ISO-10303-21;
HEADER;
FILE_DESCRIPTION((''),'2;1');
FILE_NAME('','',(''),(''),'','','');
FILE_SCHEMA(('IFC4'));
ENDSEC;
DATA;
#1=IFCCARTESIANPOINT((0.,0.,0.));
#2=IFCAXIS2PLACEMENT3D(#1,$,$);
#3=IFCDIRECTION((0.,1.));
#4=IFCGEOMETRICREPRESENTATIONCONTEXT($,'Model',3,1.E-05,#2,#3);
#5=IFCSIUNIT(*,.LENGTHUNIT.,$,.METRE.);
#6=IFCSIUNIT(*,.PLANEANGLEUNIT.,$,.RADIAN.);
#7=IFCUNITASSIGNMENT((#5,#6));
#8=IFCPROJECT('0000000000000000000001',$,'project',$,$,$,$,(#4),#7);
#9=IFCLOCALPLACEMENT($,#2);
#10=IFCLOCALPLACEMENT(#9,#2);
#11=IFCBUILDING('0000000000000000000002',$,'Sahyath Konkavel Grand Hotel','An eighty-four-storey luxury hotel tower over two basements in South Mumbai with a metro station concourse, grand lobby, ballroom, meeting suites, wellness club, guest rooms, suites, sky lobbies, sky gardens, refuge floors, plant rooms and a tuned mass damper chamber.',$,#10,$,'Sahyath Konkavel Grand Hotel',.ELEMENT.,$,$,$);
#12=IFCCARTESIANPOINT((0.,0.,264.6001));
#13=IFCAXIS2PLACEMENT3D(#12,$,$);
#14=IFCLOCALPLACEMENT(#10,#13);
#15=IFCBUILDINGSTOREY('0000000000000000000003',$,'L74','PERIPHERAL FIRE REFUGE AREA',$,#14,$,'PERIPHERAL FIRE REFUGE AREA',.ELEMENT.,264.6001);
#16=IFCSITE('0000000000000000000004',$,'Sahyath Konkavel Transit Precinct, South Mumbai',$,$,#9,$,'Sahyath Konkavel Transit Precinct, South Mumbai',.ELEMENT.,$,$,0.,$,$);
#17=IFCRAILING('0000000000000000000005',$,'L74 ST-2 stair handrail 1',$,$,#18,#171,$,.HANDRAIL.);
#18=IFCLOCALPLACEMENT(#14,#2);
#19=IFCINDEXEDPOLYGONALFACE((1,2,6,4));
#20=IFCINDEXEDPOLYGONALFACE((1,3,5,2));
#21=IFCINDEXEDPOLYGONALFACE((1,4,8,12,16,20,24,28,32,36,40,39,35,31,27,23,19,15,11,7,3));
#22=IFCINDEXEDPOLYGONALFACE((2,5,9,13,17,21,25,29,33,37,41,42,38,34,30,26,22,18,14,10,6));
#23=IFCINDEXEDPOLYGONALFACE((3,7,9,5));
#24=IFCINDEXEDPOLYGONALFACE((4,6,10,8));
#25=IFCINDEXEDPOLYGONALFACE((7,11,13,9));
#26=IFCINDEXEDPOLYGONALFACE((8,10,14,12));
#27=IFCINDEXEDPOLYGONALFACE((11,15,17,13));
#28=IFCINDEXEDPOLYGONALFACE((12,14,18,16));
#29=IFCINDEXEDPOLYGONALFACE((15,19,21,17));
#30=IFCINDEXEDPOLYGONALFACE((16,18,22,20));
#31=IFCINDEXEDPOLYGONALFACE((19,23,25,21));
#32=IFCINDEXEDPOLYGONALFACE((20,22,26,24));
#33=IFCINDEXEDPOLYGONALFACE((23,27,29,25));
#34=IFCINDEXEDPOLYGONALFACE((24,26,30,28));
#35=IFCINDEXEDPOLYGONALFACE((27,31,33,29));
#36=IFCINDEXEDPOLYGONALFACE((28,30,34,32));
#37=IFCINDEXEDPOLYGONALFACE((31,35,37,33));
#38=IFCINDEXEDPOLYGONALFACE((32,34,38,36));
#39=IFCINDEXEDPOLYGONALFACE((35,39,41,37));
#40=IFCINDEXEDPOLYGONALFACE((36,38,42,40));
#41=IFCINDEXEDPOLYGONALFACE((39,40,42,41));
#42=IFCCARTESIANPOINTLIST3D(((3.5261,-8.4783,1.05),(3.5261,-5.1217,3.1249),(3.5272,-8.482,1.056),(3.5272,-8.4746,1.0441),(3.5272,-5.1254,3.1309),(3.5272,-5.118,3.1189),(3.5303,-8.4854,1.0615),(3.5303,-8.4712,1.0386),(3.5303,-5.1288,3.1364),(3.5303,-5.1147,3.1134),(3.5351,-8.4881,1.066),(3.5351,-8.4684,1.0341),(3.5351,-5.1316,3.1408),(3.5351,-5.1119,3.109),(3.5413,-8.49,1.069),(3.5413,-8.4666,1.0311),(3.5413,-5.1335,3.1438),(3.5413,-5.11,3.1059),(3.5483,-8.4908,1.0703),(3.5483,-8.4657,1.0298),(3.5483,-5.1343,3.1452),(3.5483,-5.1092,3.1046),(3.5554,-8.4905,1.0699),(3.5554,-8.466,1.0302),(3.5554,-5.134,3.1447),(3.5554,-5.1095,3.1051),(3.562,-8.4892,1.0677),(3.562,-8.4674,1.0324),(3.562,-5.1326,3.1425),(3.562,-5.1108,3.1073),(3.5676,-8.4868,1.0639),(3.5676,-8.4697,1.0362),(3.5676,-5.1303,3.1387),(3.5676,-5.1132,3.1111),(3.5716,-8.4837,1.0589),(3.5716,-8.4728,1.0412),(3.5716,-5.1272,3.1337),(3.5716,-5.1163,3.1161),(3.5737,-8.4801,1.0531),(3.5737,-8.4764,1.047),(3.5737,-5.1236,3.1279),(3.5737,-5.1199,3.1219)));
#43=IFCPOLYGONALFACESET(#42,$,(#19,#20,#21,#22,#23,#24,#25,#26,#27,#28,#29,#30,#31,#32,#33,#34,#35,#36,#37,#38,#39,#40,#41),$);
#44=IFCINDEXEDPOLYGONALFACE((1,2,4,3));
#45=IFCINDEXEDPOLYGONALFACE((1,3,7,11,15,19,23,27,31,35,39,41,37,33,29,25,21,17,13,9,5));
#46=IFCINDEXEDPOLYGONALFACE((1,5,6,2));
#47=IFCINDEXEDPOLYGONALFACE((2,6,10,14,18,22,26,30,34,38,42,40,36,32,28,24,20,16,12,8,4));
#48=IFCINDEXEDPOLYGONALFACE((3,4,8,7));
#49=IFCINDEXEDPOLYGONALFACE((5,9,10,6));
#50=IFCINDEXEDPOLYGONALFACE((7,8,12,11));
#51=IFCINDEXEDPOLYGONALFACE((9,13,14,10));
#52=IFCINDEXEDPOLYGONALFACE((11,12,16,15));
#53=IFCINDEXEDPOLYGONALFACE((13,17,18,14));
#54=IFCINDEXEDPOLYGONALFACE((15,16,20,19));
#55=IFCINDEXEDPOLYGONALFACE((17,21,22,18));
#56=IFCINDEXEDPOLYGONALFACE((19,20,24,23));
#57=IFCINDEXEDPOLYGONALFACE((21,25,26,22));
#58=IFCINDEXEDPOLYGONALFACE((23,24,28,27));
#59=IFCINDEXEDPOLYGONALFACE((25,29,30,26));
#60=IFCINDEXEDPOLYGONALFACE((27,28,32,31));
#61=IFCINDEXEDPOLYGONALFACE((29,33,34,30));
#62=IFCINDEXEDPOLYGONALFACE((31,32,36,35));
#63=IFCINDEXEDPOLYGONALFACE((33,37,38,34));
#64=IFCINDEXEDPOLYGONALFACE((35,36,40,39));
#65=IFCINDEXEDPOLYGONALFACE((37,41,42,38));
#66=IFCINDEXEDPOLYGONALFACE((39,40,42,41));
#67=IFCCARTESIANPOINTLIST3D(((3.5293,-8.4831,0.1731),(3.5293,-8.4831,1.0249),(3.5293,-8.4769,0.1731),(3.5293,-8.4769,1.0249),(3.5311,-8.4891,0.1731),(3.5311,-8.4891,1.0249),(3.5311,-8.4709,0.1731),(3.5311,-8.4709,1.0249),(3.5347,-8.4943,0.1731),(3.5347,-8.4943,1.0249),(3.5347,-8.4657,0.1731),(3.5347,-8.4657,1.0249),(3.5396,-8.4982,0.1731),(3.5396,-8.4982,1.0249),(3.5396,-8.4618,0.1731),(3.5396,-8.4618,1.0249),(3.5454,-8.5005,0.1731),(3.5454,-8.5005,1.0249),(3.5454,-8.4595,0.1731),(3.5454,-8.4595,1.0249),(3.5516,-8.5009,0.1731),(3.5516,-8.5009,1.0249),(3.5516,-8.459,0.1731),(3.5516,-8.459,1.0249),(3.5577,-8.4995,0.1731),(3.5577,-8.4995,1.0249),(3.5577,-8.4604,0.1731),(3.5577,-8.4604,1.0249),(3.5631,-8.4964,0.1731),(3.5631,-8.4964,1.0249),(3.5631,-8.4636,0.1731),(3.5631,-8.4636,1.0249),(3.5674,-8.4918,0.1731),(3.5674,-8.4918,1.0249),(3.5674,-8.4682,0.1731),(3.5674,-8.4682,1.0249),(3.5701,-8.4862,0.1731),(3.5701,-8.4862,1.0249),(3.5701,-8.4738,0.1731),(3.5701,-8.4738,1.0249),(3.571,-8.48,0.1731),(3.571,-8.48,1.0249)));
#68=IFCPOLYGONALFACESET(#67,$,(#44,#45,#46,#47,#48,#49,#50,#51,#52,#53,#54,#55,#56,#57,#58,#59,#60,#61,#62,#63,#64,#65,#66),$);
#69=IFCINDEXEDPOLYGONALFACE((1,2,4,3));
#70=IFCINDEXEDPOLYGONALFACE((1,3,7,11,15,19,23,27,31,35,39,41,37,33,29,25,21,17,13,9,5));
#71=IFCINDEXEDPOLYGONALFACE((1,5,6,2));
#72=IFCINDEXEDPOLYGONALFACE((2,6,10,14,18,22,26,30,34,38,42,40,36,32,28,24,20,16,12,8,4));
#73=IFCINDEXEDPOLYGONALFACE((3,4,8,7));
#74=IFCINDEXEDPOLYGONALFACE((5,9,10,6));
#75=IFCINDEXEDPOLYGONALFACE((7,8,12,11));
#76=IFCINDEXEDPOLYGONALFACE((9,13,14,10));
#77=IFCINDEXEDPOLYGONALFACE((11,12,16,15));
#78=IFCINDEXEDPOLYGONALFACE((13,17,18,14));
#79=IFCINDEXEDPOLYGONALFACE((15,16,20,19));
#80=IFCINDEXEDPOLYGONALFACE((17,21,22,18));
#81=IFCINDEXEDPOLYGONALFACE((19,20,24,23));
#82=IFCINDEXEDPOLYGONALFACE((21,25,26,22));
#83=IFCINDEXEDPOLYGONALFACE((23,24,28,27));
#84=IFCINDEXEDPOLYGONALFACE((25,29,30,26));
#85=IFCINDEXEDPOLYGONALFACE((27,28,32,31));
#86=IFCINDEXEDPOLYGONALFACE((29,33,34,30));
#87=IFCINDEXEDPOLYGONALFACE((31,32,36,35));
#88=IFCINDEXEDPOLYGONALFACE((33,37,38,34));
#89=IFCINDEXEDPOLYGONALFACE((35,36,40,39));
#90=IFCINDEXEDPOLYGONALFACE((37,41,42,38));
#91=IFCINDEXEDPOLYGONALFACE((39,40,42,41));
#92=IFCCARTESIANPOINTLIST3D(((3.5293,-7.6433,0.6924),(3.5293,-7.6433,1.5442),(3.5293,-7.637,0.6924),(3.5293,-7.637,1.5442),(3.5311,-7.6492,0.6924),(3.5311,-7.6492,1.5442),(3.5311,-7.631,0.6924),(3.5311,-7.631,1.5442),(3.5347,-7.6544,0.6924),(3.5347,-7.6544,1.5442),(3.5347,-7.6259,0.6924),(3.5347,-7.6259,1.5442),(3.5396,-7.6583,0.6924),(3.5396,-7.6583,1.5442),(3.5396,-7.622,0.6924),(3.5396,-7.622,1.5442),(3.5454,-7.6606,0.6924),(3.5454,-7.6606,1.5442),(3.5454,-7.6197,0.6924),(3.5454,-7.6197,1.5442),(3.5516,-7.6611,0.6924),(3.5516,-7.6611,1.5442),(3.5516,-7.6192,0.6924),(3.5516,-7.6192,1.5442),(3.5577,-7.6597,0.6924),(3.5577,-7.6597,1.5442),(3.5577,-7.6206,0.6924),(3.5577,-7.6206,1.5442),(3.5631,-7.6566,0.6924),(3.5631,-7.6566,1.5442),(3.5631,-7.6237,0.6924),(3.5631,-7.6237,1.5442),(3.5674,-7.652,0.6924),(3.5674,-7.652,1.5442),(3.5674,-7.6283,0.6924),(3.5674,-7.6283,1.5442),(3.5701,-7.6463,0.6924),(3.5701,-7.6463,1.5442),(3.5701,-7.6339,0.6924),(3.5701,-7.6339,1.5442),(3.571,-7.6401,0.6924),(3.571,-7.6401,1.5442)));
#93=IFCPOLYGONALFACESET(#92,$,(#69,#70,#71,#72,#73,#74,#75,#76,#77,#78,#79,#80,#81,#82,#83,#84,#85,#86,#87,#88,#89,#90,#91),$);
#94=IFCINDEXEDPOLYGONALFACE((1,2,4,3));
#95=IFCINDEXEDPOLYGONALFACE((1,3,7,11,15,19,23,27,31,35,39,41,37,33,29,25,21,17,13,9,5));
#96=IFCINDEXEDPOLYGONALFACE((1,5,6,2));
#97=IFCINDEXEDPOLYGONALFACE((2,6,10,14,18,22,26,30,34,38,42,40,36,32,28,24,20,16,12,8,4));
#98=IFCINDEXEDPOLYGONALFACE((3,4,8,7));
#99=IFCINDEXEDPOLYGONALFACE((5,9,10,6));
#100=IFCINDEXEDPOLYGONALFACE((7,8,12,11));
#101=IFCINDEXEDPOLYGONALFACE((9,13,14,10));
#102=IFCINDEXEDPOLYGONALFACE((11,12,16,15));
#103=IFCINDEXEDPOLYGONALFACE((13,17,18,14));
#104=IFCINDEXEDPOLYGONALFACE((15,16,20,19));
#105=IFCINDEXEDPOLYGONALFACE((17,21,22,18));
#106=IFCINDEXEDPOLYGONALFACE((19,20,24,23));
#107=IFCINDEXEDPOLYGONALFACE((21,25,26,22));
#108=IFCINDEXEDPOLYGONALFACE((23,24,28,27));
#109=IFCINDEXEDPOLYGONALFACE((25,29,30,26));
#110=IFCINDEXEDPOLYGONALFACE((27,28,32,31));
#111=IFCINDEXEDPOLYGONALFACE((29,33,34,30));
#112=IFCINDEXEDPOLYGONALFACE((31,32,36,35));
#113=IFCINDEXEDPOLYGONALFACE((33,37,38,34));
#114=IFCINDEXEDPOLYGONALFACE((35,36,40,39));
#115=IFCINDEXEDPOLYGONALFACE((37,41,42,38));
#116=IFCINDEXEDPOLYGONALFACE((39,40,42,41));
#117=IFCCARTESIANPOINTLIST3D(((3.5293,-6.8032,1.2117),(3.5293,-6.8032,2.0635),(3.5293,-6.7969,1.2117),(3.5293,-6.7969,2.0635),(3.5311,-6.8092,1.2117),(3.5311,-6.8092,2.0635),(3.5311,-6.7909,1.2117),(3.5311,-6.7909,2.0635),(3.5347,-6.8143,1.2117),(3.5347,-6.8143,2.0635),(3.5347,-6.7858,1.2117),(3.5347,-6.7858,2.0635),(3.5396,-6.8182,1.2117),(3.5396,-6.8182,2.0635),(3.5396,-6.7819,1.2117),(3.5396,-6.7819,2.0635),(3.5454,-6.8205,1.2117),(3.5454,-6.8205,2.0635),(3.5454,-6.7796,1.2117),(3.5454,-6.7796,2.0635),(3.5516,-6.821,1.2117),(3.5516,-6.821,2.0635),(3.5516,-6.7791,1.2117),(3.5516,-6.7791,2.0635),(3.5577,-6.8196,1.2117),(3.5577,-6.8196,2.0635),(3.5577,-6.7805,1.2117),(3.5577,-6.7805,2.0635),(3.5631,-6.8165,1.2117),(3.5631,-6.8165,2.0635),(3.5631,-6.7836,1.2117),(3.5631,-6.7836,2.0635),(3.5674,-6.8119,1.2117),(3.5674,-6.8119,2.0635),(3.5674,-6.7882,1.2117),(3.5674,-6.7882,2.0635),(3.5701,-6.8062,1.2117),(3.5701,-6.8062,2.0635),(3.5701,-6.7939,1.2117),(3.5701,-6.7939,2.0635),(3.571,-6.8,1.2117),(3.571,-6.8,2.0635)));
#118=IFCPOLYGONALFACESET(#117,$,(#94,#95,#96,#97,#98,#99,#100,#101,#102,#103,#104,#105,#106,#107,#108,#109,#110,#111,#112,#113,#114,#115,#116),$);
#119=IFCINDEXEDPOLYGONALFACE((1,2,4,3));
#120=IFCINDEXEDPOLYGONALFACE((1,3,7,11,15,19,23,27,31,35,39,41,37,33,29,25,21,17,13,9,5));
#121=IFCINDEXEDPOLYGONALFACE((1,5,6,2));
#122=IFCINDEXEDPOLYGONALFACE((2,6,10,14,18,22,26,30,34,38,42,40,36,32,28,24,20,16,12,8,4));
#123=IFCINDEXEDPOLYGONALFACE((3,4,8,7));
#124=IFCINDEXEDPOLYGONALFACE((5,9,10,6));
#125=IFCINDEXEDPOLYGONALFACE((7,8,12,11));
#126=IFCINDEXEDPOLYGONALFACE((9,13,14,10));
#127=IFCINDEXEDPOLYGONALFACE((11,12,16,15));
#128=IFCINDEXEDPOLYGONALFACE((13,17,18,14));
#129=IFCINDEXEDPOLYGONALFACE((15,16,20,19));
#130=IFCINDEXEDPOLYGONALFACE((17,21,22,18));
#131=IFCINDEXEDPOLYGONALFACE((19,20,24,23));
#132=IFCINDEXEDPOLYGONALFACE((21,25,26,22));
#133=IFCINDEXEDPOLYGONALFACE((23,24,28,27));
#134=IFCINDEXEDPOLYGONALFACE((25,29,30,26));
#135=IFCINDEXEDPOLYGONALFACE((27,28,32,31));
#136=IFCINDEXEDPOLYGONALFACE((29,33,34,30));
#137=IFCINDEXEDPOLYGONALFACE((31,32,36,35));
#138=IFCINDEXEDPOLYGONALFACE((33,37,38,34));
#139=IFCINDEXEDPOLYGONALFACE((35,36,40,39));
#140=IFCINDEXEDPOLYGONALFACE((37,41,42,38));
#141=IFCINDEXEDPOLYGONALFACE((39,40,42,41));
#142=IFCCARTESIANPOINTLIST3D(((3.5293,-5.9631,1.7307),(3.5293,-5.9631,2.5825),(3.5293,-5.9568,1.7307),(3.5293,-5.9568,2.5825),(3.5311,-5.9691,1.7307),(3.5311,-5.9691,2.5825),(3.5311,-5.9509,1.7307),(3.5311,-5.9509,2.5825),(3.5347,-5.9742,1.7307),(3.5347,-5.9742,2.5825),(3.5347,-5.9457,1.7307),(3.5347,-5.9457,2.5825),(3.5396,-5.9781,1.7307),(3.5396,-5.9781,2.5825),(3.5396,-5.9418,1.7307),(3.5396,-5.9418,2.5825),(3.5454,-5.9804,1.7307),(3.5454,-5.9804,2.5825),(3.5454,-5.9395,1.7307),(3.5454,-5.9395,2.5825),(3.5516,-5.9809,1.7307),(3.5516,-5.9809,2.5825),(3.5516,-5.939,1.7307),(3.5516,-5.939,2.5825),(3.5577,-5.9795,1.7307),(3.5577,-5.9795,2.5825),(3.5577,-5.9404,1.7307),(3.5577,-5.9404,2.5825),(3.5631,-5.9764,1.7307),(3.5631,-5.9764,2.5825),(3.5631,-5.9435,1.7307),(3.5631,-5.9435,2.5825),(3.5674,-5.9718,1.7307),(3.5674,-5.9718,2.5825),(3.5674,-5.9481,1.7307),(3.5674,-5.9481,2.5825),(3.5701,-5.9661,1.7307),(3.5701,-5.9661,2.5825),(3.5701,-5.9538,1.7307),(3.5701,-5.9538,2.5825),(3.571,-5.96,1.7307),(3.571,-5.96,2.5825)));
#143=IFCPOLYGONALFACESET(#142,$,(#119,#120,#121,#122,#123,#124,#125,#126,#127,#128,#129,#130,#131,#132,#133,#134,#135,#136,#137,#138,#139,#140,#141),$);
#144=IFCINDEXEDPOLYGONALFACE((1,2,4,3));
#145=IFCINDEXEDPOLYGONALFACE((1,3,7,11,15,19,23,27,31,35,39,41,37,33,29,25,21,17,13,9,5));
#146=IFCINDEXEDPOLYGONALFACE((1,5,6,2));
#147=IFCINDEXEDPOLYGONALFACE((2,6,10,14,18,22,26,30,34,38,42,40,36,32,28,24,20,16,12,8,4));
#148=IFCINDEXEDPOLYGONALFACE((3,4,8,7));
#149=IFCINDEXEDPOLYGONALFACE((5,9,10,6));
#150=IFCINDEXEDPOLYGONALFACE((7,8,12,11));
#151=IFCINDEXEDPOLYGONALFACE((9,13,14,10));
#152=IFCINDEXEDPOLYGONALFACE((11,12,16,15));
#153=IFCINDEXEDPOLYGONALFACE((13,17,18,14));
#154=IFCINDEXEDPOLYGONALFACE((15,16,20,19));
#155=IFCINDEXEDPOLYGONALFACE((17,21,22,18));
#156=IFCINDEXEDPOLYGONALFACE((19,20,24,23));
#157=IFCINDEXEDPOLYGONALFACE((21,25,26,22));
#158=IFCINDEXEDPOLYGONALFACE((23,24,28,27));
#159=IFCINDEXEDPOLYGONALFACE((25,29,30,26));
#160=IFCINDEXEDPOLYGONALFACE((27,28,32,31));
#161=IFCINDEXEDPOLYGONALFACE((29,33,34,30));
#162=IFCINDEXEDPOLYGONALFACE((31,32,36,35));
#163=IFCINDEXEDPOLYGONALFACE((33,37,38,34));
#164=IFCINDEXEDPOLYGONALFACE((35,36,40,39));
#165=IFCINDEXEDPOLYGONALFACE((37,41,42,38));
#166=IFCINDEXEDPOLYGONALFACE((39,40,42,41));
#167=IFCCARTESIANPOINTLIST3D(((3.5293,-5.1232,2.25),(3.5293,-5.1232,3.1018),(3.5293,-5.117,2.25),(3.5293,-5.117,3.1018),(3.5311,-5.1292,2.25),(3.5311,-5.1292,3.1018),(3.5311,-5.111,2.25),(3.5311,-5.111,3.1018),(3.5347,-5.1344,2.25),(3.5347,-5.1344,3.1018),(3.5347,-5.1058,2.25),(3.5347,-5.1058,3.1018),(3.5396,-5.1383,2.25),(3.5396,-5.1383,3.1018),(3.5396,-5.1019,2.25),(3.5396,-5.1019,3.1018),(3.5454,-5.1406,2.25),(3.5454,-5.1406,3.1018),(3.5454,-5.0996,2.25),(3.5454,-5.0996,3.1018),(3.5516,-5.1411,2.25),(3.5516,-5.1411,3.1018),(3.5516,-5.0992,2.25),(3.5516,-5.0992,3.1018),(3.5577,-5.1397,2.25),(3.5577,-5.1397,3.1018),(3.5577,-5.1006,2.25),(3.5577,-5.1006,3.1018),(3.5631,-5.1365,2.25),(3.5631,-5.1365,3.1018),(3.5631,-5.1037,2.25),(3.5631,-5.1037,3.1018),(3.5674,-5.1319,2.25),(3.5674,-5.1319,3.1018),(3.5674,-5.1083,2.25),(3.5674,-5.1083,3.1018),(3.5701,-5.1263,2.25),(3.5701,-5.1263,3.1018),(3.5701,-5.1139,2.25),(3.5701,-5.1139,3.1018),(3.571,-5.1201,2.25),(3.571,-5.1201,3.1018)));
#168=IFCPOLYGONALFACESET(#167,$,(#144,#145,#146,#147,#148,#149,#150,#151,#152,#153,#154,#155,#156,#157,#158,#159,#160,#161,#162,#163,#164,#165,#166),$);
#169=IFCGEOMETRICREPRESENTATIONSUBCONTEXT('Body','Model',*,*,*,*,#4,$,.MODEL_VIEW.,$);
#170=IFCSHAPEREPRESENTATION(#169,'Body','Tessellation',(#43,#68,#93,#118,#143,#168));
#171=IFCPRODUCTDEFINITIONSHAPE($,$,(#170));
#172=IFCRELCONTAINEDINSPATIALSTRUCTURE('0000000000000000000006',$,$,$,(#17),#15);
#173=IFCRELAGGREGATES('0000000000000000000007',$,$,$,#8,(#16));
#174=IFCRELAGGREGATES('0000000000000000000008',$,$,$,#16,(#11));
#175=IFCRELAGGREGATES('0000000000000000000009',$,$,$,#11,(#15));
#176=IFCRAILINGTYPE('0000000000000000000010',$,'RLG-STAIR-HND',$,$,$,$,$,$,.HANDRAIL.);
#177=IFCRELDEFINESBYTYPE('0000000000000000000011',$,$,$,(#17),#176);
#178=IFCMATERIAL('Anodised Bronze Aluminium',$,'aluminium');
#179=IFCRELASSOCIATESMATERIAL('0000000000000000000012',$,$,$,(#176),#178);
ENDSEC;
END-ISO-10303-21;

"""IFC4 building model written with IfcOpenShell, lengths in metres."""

from ifc_helpers import new_model, si_unit, direction, frame, origin, origin_2d, place, context, subcontext, project, spatial, circle, extrude, material, type_object, element, save


model = new_model("IFC4")

# Units and contexts
model_context = context("Model", 3, precision=1e-05, world=origin(), true_north=direction((0.0, 1.0)))
body_context = subcontext(model_context, "Body", "Model", "MODEL_VIEW")
ifc_project = project(units=[si_unit("LENGTHUNIT", "METRE"), si_unit("PLANEANGLEUNIT", "RADIAN")], contexts=[model_context])

# Site, building, storey
site_placement = place(None, origin())
site = spatial("IfcSite", under=ifc_project, at=site_placement, Name="Sahyath Konkavel Transit Precinct, South Mumbai", LongName="Sahyath Konkavel Transit Precinct, South Mumbai", CompositionType="ELEMENT", RefElevation=0.0)
building_placement = place(site_placement, origin())
building = spatial("IfcBuilding", under=site, at=building_placement, Name="Sahyath Konkavel Grand Hotel", Description="An eighty-four-storey luxury hotel tower over two basements in South Mumbai with a metro station concourse, grand lobby, ballroom, meeting suites, wellness club, guest rooms, suites, sky lobbies, sky gardens, refuge floors, plant rooms and a tuned mass damper chamber.", LongName="Sahyath Konkavel Grand Hotel", CompositionType="ELEMENT")
storey_placement = place(building_placement, frame((0.0, 0.0, 264.6001)))
storey = spatial("IfcBuildingStorey", under=building, at=storey_placement, Name="L74", Description="PERIPHERAL FIRE REFUGE AREA", LongName="PERIPHERAL FIRE REFUGE AREA", CompositionType="ELEMENT", Elevation=264.6001)

# Railing
ifc_material_1 = material(Name="Anodised Bronze Aluminium", Category="aluminium")
railing_type_1 = type_object("IfcRailingType", Name="RLG-STAIR-HND", PredefinedType="HANDRAIL", material=ifc_material_1)
railing_1_placement = place(storey_placement, frame((3.55, -8.48, 0.1731)))
element("IfcRailing", 1, at=railing_1_placement, inside=storey, type_object=railing_type_1, Name="L74 ST-2 stair handrail 1", PredefinedType="HANDRAIL", context=body_context, shape_type="SweptSolid", body=[
    extrude(circle(Radius=0.0239, at=origin_2d()), frame((0.0, 0.0017, 0.877), z_axis=(0.0, 0.850606, 0.525803), x_axis=(-1.0, 0.0, 0.0)), (0.0, 0.0, 1.0), 3.946),
    extrude(circle(Radius=0.021, at=origin_2d()), origin(), (0.0, 0.0, 1.0), 0.8518),
    extrude(circle(Radius=0.021, at=origin_2d()), frame((0.0, 0.8398, 0.5193)), (0.0, 0.0, 1.0), 0.8518),
    extrude(circle(Radius=0.021, at=origin_2d()), frame((0.0, 1.6799, 1.0386)), (0.0, 0.0, 1.0), 0.8518),
    extrude(circle(Radius=0.021, at=origin_2d()), frame((0.0, 2.52, 1.5576)), (0.0, 0.0, 1.0), 0.8518),
    extrude(circle(Radius=0.021, at=origin_2d()), frame((0.0, 3.3599, 2.0769)), (0.0, 0.0, 1.0), 0.8518),
])

save(model, "model.ifc")
